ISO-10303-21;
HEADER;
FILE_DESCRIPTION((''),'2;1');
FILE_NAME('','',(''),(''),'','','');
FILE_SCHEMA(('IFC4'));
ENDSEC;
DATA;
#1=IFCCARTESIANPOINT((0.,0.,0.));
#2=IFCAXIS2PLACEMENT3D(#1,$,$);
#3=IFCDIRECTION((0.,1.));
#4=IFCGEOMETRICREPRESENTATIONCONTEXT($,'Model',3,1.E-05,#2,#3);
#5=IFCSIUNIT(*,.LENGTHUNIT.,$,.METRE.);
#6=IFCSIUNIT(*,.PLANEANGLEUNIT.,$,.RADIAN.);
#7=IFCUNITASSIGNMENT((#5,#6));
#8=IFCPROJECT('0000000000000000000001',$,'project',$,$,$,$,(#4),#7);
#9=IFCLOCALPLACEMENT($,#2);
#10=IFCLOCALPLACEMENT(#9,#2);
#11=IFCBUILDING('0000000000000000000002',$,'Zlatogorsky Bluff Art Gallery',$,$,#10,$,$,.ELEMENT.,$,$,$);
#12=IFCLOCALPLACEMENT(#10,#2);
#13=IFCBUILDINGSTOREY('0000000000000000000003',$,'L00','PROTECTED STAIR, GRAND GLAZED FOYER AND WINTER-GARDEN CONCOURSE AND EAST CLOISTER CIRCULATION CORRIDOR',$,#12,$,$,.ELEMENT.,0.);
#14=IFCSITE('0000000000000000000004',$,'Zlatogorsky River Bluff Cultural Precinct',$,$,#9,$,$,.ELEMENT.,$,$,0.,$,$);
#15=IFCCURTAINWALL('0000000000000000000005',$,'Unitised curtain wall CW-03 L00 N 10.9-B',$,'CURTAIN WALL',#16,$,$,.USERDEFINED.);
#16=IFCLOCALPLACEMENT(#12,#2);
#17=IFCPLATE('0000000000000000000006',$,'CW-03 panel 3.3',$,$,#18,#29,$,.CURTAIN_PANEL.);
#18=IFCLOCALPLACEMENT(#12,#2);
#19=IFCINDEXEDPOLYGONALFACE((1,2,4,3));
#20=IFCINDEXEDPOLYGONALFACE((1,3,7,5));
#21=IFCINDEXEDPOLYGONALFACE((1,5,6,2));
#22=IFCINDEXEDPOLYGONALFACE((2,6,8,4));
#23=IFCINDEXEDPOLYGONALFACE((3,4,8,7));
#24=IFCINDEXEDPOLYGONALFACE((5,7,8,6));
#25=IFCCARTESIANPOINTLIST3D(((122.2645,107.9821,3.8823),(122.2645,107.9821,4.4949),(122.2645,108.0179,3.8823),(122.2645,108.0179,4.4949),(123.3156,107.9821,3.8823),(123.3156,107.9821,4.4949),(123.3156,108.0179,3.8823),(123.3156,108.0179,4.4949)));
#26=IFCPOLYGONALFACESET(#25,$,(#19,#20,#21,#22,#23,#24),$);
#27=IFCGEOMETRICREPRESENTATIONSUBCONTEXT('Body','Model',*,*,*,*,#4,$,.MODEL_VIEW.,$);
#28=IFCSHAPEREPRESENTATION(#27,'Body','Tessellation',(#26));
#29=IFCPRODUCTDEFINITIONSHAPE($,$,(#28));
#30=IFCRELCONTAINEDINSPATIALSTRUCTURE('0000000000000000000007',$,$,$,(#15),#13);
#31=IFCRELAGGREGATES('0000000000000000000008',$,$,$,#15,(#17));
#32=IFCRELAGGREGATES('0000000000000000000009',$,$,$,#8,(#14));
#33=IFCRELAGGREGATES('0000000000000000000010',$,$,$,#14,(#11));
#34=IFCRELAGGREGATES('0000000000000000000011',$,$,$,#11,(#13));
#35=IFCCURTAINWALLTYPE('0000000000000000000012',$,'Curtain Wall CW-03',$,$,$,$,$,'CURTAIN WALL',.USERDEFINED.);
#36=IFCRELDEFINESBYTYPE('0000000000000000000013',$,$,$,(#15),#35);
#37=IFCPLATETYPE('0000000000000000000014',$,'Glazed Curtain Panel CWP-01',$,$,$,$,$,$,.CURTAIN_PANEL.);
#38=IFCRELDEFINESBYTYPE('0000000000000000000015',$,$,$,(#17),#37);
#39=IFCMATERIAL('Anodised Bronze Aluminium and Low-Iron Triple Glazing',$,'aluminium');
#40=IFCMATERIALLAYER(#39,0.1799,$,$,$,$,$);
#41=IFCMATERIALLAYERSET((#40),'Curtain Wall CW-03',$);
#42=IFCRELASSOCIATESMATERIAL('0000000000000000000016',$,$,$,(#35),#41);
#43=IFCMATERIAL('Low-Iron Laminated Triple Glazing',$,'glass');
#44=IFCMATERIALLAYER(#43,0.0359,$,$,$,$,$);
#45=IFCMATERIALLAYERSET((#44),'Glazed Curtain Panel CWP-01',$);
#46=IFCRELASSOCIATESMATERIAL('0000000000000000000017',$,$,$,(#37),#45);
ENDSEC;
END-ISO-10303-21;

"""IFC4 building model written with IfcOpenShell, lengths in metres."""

from ifc_helpers import new_model, si_unit, direction, frame, origin, origin_2d, place, context, subcontext, project, spatial, rectangle, extrude, material, layer, layer_set, type_object, element, aggregate, save


model = new_model("IFC4")

# Units and contexts
model_context = context("Model", 3, precision=1e-05, world=origin(), true_north=direction((0.0, 1.0)))
body_context = subcontext(model_context, "Body", "Model", "MODEL_VIEW")
ifc_project = project(units=[si_unit("LENGTHUNIT", "METRE"), si_unit("PLANEANGLEUNIT", "RADIAN")], contexts=[model_context])

# Site, building, storey
site_placement = place(None, origin())
site = spatial("IfcSite", under=ifc_project, at=site_placement, Name="Zlatogorsky River Bluff Cultural Precinct", CompositionType="ELEMENT", RefElevation=0.0)
building_placement = place(site_placement, origin())
building = spatial("IfcBuilding", under=site, at=building_placement, Name="Zlatogorsky Bluff Art Gallery", CompositionType="ELEMENT")
storey_placement = place(building_placement, origin())
storey = spatial("IfcBuildingStorey", under=building, at=storey_placement, Name="L00", Description="PROTECTED STAIR, GRAND GLAZED FOYER AND WINTER-GARDEN CONCOURSE AND EAST CLOISTER CIRCULATION CORRIDOR", CompositionType="ELEMENT", Elevation=0.0)

# Curtain wall, plate
ifc_material_1 = material(Name="Anodised Bronze Aluminium and Low-Iron Triple Glazing", Category="aluminium")
ifc_layer_1 = layer(ifc_material_1, 0.1799)
ifc_layer_set_1 = layer_set([ifc_layer_1], Name="Curtain Wall CW-03")
curtain_wall_type = type_object("IfcCurtainWallType", Name="Curtain Wall CW-03", ElementType="CURTAIN WALL", PredefinedType="USERDEFINED", material=ifc_layer_set_1)
curtain_wall_placement = place(storey_placement, origin())
curtain_wall = element("IfcCurtainWall", 1, at=curtain_wall_placement, inside=storey, type_object=curtain_wall_type, Name="Unitised curtain wall CW-03 L00 N 10.9-B", ObjectType="CURTAIN WALL", PredefinedType="USERDEFINED")
ifc_material_2 = material(Name="Low-Iron Laminated Triple Glazing", Category="glass")
ifc_layer_2 = layer(ifc_material_2, 0.0359)
ifc_layer_set_2 = layer_set([ifc_layer_2], Name="Glazed Curtain Panel CWP-01")
plate_type = type_object("IfcPlateType", Name="Glazed Curtain Panel CWP-01", PredefinedType="CURTAIN_PANEL", material=ifc_layer_set_2)
plate_1_placement = place(storey_placement, frame((122.79, 108.0, 3.8823), z_axis=(0.0, 0.0, 1.0), x_axis=(-1.0, 0.0, 0.0)))
plate_1 = element("IfcPlate", 2, at=plate_1_placement, type_object=plate_type, Name="CW-03 panel 3.3", PredefinedType="CURTAIN_PANEL", context=body_context, shape_type="SweptSolid", body=[
    extrude(rectangle(XDim=1.051, YDim=0.0359, at=origin_2d()), origin(), (0.0, 0.0, 1.0), 0.6125),
])
aggregate(curtain_wall, [plate_1])

save(model, "model.ifc")
